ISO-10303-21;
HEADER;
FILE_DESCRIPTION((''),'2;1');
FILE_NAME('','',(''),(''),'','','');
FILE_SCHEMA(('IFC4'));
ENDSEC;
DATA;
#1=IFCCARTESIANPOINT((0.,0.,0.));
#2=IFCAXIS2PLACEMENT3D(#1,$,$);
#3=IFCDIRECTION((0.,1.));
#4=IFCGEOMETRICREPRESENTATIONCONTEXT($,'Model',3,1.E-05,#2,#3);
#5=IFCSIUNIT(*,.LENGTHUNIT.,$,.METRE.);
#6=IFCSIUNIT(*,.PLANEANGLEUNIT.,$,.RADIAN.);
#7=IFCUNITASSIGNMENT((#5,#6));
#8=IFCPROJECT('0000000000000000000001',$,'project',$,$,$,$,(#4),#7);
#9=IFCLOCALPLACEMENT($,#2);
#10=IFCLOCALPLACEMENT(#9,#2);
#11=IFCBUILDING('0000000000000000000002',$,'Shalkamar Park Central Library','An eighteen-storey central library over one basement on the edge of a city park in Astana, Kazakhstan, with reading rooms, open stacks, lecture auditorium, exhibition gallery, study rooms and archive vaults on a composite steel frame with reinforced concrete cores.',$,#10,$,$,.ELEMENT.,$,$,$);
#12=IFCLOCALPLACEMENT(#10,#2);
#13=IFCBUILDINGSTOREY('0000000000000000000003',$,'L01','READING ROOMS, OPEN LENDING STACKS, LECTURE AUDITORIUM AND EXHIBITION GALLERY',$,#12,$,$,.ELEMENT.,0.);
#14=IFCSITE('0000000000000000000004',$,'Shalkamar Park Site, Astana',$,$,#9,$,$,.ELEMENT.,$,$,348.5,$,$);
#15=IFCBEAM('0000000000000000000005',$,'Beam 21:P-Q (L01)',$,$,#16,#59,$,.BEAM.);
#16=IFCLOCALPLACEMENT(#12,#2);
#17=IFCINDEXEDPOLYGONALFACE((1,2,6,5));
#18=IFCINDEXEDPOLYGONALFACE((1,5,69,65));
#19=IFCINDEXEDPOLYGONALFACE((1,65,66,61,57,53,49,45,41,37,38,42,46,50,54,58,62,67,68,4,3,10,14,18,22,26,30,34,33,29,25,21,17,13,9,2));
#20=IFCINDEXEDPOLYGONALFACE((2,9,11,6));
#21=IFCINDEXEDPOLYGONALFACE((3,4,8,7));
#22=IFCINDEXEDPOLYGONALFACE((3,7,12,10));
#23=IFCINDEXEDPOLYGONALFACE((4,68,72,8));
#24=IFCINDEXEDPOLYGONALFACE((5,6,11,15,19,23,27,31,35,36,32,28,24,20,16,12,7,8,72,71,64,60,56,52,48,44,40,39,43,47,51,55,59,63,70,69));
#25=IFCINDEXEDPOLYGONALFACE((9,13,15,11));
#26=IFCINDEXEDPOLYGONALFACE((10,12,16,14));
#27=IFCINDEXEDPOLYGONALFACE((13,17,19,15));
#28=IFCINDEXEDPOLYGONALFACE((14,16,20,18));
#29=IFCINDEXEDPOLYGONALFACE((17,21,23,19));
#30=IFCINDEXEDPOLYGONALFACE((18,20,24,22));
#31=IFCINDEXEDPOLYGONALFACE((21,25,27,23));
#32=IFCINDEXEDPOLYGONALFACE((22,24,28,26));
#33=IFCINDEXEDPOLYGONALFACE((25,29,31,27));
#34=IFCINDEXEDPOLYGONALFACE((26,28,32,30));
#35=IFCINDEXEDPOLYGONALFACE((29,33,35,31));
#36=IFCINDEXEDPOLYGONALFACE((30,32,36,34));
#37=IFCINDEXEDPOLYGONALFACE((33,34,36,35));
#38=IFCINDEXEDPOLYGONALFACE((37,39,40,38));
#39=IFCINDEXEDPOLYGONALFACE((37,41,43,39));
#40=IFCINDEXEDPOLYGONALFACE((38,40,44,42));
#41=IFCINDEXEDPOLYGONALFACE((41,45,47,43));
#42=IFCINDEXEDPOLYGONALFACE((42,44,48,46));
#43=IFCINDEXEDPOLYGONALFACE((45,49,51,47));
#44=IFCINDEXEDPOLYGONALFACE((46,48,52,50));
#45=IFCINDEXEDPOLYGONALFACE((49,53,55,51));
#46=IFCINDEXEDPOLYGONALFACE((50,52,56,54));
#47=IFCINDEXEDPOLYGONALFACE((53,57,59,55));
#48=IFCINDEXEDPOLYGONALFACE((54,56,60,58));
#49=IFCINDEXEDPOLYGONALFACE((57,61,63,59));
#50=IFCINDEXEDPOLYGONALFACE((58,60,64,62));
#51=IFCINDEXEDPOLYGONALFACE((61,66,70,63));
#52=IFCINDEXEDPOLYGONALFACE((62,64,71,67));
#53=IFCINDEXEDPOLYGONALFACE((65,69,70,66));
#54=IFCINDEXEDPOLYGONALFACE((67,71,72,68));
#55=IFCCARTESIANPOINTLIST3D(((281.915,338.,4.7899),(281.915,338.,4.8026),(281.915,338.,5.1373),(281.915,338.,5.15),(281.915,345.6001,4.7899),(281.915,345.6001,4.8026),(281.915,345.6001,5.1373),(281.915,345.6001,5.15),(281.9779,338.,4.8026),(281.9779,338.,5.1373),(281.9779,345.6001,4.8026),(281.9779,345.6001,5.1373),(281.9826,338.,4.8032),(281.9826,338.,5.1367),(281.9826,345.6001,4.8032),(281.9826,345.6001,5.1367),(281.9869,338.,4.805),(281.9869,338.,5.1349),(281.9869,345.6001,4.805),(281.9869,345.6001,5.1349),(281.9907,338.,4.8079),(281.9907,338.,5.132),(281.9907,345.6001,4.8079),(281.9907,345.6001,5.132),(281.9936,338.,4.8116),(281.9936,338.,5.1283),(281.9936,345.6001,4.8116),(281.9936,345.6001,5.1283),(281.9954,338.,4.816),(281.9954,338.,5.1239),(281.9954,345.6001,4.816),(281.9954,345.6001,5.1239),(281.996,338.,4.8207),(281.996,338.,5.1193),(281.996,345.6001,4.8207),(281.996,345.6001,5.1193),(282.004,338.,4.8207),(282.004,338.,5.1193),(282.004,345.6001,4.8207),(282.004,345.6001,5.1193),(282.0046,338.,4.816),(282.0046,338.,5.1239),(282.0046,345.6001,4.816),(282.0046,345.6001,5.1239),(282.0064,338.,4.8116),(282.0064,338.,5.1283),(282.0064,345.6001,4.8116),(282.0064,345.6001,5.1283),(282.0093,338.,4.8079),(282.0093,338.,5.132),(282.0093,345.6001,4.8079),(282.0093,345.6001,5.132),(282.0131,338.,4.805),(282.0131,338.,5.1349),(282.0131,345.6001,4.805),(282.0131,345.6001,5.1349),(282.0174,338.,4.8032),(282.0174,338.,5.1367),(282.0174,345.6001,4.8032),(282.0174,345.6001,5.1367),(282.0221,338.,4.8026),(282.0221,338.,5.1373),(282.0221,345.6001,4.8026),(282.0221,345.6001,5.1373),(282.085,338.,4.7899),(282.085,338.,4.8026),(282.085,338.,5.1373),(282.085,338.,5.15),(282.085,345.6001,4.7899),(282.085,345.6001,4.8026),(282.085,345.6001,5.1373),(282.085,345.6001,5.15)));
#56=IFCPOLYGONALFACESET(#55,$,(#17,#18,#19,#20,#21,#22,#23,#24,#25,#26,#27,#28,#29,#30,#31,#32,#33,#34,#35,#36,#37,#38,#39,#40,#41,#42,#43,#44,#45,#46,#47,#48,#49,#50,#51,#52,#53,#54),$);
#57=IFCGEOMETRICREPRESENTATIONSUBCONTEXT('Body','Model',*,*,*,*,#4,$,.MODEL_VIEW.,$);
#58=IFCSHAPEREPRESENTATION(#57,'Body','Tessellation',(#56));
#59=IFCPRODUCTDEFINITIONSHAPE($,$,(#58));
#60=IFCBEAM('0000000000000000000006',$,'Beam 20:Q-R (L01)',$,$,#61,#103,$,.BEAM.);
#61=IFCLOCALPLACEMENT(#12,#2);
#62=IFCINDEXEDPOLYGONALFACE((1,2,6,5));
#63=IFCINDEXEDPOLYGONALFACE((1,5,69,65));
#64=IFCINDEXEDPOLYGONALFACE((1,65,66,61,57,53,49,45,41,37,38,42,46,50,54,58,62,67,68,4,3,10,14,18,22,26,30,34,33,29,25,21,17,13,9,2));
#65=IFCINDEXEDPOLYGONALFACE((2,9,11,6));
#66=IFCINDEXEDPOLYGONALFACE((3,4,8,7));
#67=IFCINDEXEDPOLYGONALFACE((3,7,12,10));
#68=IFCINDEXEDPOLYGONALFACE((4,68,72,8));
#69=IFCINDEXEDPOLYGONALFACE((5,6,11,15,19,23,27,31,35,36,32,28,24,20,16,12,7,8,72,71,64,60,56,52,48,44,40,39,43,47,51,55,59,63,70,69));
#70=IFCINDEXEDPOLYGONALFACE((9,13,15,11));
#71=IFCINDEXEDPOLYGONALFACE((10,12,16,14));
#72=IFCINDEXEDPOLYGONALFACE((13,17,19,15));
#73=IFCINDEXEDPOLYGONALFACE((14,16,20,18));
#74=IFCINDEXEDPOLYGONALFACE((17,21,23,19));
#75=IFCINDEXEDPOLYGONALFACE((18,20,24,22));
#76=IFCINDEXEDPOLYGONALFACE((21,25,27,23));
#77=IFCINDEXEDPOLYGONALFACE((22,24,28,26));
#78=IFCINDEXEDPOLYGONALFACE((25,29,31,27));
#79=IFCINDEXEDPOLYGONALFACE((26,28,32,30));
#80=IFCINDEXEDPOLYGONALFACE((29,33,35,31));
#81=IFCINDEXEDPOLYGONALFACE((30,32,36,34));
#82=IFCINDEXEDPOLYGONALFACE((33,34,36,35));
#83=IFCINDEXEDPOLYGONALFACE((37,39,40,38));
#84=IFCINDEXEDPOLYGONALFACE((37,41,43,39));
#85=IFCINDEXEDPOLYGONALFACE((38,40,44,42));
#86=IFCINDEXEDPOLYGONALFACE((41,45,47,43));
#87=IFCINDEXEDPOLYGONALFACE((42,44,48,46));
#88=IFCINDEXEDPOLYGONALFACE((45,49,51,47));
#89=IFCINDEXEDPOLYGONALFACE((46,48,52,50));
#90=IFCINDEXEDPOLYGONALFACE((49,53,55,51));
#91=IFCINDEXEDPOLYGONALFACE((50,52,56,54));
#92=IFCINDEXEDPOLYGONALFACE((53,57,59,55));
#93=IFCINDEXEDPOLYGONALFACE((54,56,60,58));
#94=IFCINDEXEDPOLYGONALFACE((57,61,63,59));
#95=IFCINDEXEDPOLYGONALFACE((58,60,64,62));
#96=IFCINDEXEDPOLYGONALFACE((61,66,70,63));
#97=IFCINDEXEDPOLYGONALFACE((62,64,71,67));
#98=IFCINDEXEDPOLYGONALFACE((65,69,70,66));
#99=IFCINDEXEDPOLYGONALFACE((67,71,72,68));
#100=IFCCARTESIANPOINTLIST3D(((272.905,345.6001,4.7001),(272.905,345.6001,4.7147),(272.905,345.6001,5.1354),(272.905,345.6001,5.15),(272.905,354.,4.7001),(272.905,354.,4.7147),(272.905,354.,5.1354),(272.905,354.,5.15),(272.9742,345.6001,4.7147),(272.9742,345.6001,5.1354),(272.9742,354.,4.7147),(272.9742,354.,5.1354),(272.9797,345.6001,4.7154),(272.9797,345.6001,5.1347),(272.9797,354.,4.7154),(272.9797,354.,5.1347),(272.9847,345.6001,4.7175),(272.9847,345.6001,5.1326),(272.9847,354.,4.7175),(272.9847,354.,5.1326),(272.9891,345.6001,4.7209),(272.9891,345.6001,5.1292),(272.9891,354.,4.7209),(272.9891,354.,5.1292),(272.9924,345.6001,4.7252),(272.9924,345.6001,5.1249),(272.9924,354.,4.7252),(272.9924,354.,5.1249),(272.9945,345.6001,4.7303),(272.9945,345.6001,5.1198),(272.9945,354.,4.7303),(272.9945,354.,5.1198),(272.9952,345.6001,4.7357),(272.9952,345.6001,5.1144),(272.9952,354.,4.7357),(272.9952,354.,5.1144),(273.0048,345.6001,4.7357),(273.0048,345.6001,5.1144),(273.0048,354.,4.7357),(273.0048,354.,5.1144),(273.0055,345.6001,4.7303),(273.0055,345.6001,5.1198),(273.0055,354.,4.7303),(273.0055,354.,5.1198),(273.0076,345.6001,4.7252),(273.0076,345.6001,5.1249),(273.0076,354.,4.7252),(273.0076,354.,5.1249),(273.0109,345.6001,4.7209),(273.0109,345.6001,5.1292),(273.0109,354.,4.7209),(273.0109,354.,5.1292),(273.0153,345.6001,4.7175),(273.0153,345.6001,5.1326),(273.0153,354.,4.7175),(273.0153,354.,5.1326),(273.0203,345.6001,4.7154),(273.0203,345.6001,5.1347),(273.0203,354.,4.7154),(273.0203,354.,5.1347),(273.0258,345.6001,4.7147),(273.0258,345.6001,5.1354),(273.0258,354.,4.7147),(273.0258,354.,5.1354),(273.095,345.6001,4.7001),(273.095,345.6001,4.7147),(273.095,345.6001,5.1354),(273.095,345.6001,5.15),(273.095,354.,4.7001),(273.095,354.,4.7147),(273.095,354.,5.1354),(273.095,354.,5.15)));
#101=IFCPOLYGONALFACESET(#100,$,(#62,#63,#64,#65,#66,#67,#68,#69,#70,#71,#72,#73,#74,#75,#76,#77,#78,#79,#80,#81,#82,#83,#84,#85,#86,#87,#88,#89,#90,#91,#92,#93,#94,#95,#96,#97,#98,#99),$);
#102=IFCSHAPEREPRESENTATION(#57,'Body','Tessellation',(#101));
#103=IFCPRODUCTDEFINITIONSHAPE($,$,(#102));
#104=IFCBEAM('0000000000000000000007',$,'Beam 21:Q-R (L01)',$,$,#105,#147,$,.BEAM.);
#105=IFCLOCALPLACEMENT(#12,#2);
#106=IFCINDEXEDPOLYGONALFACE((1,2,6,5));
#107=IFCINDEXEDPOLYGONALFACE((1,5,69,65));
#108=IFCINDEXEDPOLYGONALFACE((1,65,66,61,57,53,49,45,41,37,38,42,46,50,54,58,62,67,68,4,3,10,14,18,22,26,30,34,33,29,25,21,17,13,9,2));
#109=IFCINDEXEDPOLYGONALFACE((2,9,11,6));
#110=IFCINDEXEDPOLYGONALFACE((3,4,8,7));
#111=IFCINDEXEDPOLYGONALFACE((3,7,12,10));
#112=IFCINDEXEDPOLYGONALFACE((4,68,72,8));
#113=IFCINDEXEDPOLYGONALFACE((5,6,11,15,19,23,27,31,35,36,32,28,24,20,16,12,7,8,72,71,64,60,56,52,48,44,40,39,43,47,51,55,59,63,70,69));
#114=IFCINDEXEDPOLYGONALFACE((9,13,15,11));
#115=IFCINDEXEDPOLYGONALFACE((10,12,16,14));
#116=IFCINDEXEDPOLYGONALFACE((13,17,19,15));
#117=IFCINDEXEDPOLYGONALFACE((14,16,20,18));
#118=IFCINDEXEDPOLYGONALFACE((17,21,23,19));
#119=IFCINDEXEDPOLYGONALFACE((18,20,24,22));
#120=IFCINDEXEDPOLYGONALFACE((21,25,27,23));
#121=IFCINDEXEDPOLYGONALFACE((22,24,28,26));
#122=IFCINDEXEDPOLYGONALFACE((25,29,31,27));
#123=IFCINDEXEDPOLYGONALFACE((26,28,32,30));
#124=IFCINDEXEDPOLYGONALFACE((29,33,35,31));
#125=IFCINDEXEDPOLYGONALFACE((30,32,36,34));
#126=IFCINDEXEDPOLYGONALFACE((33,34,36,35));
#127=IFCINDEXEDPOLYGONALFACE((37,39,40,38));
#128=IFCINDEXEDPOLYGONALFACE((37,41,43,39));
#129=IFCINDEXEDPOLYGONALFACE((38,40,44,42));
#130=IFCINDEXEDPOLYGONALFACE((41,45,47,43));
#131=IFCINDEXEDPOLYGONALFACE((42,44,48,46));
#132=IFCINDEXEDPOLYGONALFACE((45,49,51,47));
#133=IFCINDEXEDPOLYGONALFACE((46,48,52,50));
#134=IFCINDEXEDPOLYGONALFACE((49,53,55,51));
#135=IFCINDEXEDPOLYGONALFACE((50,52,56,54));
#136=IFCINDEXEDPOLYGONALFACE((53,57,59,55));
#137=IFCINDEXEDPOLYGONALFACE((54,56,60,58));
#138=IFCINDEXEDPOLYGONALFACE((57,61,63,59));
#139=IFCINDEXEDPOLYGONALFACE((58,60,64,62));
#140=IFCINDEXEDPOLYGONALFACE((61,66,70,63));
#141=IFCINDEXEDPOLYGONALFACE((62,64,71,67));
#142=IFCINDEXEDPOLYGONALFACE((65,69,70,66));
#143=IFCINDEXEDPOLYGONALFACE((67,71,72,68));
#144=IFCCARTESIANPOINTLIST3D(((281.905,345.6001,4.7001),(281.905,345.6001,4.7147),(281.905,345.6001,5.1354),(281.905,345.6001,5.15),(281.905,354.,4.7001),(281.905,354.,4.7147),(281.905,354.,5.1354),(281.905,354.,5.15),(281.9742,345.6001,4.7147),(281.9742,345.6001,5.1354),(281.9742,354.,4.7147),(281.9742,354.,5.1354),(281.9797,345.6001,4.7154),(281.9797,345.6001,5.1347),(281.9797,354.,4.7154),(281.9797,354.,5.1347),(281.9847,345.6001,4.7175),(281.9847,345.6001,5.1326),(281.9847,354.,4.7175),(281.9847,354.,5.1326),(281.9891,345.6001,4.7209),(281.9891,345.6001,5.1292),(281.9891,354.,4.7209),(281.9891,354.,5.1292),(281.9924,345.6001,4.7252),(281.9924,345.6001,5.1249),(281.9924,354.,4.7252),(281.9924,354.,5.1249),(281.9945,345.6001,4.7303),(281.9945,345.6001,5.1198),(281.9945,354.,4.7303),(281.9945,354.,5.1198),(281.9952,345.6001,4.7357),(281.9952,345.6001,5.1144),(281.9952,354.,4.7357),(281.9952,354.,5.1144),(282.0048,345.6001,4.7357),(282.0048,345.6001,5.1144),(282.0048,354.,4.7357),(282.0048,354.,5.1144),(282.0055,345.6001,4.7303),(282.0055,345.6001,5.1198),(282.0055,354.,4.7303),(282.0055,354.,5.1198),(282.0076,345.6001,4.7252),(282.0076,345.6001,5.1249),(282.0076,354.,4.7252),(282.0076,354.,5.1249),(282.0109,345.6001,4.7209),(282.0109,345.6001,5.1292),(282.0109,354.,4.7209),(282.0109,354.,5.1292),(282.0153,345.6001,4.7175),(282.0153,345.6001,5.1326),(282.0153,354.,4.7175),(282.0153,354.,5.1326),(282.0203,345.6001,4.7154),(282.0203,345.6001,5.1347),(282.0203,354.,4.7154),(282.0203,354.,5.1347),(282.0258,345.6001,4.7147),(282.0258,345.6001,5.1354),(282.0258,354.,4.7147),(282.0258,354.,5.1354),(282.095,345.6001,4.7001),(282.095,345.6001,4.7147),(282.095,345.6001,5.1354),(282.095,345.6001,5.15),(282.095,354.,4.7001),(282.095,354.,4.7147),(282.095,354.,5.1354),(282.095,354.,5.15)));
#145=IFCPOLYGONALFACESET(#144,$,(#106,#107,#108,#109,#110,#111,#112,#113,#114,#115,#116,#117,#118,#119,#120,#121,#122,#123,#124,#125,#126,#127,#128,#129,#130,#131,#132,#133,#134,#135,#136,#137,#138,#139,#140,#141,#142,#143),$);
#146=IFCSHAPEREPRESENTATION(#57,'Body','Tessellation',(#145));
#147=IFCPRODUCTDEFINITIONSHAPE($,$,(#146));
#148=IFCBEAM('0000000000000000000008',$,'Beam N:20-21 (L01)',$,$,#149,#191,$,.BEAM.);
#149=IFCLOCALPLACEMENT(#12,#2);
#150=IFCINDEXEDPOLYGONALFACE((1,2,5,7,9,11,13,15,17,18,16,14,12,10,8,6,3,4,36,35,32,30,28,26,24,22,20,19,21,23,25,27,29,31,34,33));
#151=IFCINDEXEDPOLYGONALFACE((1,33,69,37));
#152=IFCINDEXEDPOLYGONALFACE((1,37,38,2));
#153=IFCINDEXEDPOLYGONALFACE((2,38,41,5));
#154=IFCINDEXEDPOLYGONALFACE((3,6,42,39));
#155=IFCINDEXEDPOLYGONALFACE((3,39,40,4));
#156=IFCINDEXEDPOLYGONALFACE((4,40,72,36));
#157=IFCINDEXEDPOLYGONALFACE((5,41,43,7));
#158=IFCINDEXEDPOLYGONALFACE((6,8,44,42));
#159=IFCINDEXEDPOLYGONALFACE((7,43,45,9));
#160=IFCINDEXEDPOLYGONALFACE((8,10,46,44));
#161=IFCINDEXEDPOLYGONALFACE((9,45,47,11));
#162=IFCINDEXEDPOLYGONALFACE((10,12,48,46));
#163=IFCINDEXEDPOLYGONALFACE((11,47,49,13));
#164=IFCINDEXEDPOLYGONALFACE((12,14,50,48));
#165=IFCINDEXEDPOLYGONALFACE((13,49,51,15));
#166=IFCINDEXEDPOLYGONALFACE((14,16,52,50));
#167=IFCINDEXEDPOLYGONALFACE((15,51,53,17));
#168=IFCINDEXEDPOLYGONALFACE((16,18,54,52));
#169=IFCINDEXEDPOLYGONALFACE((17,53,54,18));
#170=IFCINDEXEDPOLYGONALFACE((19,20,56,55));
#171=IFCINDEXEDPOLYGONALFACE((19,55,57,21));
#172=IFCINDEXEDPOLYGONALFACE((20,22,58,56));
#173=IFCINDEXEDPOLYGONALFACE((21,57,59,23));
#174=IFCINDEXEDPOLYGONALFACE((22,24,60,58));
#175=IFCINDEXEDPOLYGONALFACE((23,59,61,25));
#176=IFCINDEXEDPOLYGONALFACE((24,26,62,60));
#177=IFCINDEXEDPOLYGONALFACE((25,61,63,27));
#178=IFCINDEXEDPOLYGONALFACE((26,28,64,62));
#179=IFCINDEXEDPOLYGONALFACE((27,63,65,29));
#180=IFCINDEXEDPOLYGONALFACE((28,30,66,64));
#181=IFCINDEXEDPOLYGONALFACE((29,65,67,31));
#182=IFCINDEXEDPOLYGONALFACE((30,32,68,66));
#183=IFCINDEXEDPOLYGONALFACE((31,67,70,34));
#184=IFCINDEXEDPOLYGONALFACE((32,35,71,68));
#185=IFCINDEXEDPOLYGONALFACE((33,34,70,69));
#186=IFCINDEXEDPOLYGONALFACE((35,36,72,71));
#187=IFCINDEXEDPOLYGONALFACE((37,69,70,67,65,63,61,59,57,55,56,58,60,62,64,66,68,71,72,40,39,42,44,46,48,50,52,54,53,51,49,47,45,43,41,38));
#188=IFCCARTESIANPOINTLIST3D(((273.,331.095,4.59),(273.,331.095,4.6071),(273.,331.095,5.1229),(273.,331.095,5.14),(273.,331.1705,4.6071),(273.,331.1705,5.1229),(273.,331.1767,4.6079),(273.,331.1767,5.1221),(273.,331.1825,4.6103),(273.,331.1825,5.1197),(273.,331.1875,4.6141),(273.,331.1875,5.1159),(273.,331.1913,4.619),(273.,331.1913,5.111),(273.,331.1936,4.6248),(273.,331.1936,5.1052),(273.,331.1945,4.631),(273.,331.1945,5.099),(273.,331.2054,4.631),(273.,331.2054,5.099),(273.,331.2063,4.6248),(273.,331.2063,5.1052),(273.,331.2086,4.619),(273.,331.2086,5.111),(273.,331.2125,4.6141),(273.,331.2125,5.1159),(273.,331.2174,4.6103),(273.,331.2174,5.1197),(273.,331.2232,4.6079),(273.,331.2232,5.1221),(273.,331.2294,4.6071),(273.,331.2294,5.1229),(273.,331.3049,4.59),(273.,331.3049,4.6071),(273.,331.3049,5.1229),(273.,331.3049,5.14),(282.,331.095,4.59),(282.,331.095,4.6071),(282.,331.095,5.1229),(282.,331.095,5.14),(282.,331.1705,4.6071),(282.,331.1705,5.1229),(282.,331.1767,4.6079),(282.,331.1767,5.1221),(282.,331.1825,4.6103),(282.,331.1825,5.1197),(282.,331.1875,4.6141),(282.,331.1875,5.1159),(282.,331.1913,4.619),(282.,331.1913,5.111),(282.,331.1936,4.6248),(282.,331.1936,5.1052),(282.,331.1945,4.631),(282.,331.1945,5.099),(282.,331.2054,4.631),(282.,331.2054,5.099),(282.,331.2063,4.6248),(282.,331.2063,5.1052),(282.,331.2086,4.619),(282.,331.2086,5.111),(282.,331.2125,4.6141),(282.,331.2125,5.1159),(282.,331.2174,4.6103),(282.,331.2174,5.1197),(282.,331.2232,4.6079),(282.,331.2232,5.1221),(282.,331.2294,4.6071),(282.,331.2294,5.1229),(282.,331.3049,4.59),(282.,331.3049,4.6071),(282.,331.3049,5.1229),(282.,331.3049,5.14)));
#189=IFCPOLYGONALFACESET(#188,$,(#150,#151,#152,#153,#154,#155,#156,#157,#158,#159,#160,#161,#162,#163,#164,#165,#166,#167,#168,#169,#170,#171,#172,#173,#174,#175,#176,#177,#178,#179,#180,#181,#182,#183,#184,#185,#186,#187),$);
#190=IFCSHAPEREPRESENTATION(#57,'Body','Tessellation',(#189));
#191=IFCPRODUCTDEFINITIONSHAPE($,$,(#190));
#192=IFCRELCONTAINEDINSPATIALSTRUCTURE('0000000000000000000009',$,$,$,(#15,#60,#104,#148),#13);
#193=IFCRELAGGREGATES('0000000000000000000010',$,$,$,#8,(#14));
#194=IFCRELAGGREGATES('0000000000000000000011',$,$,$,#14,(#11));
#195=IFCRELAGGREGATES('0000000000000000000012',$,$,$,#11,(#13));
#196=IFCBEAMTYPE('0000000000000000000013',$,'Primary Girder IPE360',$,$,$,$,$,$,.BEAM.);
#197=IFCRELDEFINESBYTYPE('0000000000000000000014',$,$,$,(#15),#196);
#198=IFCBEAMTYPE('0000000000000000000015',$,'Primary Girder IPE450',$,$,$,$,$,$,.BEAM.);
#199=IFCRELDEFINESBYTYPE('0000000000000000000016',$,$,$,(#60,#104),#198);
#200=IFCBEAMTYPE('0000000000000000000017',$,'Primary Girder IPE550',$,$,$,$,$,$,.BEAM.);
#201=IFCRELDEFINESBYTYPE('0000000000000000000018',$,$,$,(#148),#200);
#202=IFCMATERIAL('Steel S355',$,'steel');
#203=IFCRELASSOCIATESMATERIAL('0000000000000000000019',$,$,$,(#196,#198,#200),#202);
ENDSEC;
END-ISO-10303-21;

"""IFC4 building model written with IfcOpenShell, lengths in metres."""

from ifc_helpers import new_model, si_unit, direction, frame, origin, origin_2d, place, context, subcontext, project, spatial, i_section, extrude, material, material_profile, profile_set, type_object, element, save


model = new_model("IFC4")

# Units and contexts
model_context = context("Model", 3, precision=1e-05, world=origin(), true_north=direction((0.0, 1.0)))
body_context = subcontext(model_context, "Body", "Model", "MODEL_VIEW")
ifc_project = project(units=[si_unit("LENGTHUNIT", "METRE"), si_unit("PLANEANGLEUNIT", "RADIAN")], contexts=[model_context])

# Site, building, storey
site_placement = place(None, origin())
site = spatial("IfcSite", under=ifc_project, at=site_placement, Name="Shalkamar Park Site, Astana", CompositionType="ELEMENT", RefElevation=348.5)
building_placement = place(site_placement, origin())
building = spatial("IfcBuilding", under=site, at=building_placement, Name="Shalkamar Park Central Library", Description="An eighteen-storey central library over one basement on the edge of a city park in Astana, Kazakhstan, with reading rooms, open stacks, lecture auditorium, exhibition gallery, study rooms and archive vaults on a composite steel frame with reinforced concrete cores.", CompositionType="ELEMENT")
storey_placement = place(building_placement, origin())
storey = spatial("IfcBuildingStorey", under=building, at=storey_placement, Name="L01", Description="READING ROOMS, OPEN LENDING STACKS, LECTURE AUDITORIUM AND EXHIBITION GALLERY", CompositionType="ELEMENT", Elevation=0.0)

# Shared definitions
ifc_material_1 = material(Name="Steel S355", Category="steel")

# Beams
ifc_material_profile_1 = material_profile(ifc_material_1, i_section(OverallWidth=0.1699, OverallDepth=0.3601, WebThickness=0.0081, FlangeThickness=0.0127, FilletRadius=0.0181, at=origin_2d()), Name="IPE 360")
ifc_profile_set_1 = profile_set([ifc_material_profile_1], Name="Steel S355")
beam_type_1 = type_object("IfcBeamType", Name="Primary Girder IPE360", PredefinedType="BEAM", material=ifc_profile_set_1)
beam_1_placement = place(storey_placement, frame((282.0, 338.0, 4.97), z_axis=(0.0, 1.0, 0.0), x_axis=(-1.0, 0.0, 0.0)))
element("IfcBeam", 1, at=beam_1_placement, inside=storey, type_object=beam_type_1, Name="Beam 21:P-Q (L01)", PredefinedType="BEAM", context=body_context, shape_type="SweptSolid", body=[
    extrude(i_section(OverallWidth=0.1699, OverallDepth=0.3601, WebThickness=0.0081, FlangeThickness=0.0127, FilletRadius=0.0181, at=origin_2d()), origin(), (0.0, 0.0, 1.0), 7.6001),
])
ifc_material_profile_2 = material_profile(ifc_material_1, i_section(OverallWidth=0.1899, OverallDepth=0.45, WebThickness=0.0095, FlangeThickness=0.0146, FilletRadius=0.021, at=origin_2d()), Name="IPE 450")
ifc_profile_set_2 = profile_set([ifc_material_profile_2], Name="Steel S355")
beam_type_2 = type_object("IfcBeamType", Name="Primary Girder IPE450", PredefinedType="BEAM", material=ifc_profile_set_2)
for number, where, z_axis, x_axis, name in (
    (2, (273.0, 345.6001, 4.925), (0.0, 1.0, 0.0), (-1.0, 0.0, 0.0), "Beam 20:Q-R (L01)"),
    (3, (282.0, 345.6001, 4.925), (0.0, 1.0, 0.0), (-1.0, 0.0, 0.0), "Beam 21:Q-R (L01)"),
):
    element("IfcBeam", number, at=place(storey_placement, frame(where, z_axis=z_axis, x_axis=x_axis)), inside=storey, type_object=beam_type_2, Name=name, PredefinedType="BEAM", context=body_context, shape_type="SweptSolid", body=[
        extrude(i_section(OverallWidth=0.1899, OverallDepth=0.45, WebThickness=0.0095, FlangeThickness=0.0146, FilletRadius=0.021, at=origin_2d()), origin(), (0.0, 0.0, 1.0), 8.3999),
    ])
ifc_material_profile_3 = material_profile(ifc_material_1, i_section(OverallWidth=0.21, OverallDepth=0.55, WebThickness=0.011, FlangeThickness=0.0171, FilletRadius=0.0239, at=origin_2d()), Name="IPE 550")
ifc_profile_set_3 = profile_set([ifc_material_profile_3], Name="Steel S355")
beam_type_3 = type_object("IfcBeamType", Name="Primary Girder IPE550", PredefinedType="BEAM", material=ifc_profile_set_3)
for number, where, z_axis, x_axis, name in (
    (4, (273.0, 331.2, 4.865), (1.0, 0.0, 0.0), (0.0, 1.0, 0.0), "Beam N:20-21 (L01)"),
):
    element("IfcBeam", number, at=place(storey_placement, frame(where, z_axis=z_axis, x_axis=x_axis)), inside=storey, type_object=beam_type_3, Name=name, PredefinedType="BEAM", context=body_context, shape_type="SweptSolid", body=[
        extrude(i_section(OverallWidth=0.21, OverallDepth=0.55, WebThickness=0.011, FlangeThickness=0.0171, FilletRadius=0.0239, at=origin_2d()), origin(), (0.0, 0.0, 1.0), 9.0),
    ])

save(model, "model.ifc")
